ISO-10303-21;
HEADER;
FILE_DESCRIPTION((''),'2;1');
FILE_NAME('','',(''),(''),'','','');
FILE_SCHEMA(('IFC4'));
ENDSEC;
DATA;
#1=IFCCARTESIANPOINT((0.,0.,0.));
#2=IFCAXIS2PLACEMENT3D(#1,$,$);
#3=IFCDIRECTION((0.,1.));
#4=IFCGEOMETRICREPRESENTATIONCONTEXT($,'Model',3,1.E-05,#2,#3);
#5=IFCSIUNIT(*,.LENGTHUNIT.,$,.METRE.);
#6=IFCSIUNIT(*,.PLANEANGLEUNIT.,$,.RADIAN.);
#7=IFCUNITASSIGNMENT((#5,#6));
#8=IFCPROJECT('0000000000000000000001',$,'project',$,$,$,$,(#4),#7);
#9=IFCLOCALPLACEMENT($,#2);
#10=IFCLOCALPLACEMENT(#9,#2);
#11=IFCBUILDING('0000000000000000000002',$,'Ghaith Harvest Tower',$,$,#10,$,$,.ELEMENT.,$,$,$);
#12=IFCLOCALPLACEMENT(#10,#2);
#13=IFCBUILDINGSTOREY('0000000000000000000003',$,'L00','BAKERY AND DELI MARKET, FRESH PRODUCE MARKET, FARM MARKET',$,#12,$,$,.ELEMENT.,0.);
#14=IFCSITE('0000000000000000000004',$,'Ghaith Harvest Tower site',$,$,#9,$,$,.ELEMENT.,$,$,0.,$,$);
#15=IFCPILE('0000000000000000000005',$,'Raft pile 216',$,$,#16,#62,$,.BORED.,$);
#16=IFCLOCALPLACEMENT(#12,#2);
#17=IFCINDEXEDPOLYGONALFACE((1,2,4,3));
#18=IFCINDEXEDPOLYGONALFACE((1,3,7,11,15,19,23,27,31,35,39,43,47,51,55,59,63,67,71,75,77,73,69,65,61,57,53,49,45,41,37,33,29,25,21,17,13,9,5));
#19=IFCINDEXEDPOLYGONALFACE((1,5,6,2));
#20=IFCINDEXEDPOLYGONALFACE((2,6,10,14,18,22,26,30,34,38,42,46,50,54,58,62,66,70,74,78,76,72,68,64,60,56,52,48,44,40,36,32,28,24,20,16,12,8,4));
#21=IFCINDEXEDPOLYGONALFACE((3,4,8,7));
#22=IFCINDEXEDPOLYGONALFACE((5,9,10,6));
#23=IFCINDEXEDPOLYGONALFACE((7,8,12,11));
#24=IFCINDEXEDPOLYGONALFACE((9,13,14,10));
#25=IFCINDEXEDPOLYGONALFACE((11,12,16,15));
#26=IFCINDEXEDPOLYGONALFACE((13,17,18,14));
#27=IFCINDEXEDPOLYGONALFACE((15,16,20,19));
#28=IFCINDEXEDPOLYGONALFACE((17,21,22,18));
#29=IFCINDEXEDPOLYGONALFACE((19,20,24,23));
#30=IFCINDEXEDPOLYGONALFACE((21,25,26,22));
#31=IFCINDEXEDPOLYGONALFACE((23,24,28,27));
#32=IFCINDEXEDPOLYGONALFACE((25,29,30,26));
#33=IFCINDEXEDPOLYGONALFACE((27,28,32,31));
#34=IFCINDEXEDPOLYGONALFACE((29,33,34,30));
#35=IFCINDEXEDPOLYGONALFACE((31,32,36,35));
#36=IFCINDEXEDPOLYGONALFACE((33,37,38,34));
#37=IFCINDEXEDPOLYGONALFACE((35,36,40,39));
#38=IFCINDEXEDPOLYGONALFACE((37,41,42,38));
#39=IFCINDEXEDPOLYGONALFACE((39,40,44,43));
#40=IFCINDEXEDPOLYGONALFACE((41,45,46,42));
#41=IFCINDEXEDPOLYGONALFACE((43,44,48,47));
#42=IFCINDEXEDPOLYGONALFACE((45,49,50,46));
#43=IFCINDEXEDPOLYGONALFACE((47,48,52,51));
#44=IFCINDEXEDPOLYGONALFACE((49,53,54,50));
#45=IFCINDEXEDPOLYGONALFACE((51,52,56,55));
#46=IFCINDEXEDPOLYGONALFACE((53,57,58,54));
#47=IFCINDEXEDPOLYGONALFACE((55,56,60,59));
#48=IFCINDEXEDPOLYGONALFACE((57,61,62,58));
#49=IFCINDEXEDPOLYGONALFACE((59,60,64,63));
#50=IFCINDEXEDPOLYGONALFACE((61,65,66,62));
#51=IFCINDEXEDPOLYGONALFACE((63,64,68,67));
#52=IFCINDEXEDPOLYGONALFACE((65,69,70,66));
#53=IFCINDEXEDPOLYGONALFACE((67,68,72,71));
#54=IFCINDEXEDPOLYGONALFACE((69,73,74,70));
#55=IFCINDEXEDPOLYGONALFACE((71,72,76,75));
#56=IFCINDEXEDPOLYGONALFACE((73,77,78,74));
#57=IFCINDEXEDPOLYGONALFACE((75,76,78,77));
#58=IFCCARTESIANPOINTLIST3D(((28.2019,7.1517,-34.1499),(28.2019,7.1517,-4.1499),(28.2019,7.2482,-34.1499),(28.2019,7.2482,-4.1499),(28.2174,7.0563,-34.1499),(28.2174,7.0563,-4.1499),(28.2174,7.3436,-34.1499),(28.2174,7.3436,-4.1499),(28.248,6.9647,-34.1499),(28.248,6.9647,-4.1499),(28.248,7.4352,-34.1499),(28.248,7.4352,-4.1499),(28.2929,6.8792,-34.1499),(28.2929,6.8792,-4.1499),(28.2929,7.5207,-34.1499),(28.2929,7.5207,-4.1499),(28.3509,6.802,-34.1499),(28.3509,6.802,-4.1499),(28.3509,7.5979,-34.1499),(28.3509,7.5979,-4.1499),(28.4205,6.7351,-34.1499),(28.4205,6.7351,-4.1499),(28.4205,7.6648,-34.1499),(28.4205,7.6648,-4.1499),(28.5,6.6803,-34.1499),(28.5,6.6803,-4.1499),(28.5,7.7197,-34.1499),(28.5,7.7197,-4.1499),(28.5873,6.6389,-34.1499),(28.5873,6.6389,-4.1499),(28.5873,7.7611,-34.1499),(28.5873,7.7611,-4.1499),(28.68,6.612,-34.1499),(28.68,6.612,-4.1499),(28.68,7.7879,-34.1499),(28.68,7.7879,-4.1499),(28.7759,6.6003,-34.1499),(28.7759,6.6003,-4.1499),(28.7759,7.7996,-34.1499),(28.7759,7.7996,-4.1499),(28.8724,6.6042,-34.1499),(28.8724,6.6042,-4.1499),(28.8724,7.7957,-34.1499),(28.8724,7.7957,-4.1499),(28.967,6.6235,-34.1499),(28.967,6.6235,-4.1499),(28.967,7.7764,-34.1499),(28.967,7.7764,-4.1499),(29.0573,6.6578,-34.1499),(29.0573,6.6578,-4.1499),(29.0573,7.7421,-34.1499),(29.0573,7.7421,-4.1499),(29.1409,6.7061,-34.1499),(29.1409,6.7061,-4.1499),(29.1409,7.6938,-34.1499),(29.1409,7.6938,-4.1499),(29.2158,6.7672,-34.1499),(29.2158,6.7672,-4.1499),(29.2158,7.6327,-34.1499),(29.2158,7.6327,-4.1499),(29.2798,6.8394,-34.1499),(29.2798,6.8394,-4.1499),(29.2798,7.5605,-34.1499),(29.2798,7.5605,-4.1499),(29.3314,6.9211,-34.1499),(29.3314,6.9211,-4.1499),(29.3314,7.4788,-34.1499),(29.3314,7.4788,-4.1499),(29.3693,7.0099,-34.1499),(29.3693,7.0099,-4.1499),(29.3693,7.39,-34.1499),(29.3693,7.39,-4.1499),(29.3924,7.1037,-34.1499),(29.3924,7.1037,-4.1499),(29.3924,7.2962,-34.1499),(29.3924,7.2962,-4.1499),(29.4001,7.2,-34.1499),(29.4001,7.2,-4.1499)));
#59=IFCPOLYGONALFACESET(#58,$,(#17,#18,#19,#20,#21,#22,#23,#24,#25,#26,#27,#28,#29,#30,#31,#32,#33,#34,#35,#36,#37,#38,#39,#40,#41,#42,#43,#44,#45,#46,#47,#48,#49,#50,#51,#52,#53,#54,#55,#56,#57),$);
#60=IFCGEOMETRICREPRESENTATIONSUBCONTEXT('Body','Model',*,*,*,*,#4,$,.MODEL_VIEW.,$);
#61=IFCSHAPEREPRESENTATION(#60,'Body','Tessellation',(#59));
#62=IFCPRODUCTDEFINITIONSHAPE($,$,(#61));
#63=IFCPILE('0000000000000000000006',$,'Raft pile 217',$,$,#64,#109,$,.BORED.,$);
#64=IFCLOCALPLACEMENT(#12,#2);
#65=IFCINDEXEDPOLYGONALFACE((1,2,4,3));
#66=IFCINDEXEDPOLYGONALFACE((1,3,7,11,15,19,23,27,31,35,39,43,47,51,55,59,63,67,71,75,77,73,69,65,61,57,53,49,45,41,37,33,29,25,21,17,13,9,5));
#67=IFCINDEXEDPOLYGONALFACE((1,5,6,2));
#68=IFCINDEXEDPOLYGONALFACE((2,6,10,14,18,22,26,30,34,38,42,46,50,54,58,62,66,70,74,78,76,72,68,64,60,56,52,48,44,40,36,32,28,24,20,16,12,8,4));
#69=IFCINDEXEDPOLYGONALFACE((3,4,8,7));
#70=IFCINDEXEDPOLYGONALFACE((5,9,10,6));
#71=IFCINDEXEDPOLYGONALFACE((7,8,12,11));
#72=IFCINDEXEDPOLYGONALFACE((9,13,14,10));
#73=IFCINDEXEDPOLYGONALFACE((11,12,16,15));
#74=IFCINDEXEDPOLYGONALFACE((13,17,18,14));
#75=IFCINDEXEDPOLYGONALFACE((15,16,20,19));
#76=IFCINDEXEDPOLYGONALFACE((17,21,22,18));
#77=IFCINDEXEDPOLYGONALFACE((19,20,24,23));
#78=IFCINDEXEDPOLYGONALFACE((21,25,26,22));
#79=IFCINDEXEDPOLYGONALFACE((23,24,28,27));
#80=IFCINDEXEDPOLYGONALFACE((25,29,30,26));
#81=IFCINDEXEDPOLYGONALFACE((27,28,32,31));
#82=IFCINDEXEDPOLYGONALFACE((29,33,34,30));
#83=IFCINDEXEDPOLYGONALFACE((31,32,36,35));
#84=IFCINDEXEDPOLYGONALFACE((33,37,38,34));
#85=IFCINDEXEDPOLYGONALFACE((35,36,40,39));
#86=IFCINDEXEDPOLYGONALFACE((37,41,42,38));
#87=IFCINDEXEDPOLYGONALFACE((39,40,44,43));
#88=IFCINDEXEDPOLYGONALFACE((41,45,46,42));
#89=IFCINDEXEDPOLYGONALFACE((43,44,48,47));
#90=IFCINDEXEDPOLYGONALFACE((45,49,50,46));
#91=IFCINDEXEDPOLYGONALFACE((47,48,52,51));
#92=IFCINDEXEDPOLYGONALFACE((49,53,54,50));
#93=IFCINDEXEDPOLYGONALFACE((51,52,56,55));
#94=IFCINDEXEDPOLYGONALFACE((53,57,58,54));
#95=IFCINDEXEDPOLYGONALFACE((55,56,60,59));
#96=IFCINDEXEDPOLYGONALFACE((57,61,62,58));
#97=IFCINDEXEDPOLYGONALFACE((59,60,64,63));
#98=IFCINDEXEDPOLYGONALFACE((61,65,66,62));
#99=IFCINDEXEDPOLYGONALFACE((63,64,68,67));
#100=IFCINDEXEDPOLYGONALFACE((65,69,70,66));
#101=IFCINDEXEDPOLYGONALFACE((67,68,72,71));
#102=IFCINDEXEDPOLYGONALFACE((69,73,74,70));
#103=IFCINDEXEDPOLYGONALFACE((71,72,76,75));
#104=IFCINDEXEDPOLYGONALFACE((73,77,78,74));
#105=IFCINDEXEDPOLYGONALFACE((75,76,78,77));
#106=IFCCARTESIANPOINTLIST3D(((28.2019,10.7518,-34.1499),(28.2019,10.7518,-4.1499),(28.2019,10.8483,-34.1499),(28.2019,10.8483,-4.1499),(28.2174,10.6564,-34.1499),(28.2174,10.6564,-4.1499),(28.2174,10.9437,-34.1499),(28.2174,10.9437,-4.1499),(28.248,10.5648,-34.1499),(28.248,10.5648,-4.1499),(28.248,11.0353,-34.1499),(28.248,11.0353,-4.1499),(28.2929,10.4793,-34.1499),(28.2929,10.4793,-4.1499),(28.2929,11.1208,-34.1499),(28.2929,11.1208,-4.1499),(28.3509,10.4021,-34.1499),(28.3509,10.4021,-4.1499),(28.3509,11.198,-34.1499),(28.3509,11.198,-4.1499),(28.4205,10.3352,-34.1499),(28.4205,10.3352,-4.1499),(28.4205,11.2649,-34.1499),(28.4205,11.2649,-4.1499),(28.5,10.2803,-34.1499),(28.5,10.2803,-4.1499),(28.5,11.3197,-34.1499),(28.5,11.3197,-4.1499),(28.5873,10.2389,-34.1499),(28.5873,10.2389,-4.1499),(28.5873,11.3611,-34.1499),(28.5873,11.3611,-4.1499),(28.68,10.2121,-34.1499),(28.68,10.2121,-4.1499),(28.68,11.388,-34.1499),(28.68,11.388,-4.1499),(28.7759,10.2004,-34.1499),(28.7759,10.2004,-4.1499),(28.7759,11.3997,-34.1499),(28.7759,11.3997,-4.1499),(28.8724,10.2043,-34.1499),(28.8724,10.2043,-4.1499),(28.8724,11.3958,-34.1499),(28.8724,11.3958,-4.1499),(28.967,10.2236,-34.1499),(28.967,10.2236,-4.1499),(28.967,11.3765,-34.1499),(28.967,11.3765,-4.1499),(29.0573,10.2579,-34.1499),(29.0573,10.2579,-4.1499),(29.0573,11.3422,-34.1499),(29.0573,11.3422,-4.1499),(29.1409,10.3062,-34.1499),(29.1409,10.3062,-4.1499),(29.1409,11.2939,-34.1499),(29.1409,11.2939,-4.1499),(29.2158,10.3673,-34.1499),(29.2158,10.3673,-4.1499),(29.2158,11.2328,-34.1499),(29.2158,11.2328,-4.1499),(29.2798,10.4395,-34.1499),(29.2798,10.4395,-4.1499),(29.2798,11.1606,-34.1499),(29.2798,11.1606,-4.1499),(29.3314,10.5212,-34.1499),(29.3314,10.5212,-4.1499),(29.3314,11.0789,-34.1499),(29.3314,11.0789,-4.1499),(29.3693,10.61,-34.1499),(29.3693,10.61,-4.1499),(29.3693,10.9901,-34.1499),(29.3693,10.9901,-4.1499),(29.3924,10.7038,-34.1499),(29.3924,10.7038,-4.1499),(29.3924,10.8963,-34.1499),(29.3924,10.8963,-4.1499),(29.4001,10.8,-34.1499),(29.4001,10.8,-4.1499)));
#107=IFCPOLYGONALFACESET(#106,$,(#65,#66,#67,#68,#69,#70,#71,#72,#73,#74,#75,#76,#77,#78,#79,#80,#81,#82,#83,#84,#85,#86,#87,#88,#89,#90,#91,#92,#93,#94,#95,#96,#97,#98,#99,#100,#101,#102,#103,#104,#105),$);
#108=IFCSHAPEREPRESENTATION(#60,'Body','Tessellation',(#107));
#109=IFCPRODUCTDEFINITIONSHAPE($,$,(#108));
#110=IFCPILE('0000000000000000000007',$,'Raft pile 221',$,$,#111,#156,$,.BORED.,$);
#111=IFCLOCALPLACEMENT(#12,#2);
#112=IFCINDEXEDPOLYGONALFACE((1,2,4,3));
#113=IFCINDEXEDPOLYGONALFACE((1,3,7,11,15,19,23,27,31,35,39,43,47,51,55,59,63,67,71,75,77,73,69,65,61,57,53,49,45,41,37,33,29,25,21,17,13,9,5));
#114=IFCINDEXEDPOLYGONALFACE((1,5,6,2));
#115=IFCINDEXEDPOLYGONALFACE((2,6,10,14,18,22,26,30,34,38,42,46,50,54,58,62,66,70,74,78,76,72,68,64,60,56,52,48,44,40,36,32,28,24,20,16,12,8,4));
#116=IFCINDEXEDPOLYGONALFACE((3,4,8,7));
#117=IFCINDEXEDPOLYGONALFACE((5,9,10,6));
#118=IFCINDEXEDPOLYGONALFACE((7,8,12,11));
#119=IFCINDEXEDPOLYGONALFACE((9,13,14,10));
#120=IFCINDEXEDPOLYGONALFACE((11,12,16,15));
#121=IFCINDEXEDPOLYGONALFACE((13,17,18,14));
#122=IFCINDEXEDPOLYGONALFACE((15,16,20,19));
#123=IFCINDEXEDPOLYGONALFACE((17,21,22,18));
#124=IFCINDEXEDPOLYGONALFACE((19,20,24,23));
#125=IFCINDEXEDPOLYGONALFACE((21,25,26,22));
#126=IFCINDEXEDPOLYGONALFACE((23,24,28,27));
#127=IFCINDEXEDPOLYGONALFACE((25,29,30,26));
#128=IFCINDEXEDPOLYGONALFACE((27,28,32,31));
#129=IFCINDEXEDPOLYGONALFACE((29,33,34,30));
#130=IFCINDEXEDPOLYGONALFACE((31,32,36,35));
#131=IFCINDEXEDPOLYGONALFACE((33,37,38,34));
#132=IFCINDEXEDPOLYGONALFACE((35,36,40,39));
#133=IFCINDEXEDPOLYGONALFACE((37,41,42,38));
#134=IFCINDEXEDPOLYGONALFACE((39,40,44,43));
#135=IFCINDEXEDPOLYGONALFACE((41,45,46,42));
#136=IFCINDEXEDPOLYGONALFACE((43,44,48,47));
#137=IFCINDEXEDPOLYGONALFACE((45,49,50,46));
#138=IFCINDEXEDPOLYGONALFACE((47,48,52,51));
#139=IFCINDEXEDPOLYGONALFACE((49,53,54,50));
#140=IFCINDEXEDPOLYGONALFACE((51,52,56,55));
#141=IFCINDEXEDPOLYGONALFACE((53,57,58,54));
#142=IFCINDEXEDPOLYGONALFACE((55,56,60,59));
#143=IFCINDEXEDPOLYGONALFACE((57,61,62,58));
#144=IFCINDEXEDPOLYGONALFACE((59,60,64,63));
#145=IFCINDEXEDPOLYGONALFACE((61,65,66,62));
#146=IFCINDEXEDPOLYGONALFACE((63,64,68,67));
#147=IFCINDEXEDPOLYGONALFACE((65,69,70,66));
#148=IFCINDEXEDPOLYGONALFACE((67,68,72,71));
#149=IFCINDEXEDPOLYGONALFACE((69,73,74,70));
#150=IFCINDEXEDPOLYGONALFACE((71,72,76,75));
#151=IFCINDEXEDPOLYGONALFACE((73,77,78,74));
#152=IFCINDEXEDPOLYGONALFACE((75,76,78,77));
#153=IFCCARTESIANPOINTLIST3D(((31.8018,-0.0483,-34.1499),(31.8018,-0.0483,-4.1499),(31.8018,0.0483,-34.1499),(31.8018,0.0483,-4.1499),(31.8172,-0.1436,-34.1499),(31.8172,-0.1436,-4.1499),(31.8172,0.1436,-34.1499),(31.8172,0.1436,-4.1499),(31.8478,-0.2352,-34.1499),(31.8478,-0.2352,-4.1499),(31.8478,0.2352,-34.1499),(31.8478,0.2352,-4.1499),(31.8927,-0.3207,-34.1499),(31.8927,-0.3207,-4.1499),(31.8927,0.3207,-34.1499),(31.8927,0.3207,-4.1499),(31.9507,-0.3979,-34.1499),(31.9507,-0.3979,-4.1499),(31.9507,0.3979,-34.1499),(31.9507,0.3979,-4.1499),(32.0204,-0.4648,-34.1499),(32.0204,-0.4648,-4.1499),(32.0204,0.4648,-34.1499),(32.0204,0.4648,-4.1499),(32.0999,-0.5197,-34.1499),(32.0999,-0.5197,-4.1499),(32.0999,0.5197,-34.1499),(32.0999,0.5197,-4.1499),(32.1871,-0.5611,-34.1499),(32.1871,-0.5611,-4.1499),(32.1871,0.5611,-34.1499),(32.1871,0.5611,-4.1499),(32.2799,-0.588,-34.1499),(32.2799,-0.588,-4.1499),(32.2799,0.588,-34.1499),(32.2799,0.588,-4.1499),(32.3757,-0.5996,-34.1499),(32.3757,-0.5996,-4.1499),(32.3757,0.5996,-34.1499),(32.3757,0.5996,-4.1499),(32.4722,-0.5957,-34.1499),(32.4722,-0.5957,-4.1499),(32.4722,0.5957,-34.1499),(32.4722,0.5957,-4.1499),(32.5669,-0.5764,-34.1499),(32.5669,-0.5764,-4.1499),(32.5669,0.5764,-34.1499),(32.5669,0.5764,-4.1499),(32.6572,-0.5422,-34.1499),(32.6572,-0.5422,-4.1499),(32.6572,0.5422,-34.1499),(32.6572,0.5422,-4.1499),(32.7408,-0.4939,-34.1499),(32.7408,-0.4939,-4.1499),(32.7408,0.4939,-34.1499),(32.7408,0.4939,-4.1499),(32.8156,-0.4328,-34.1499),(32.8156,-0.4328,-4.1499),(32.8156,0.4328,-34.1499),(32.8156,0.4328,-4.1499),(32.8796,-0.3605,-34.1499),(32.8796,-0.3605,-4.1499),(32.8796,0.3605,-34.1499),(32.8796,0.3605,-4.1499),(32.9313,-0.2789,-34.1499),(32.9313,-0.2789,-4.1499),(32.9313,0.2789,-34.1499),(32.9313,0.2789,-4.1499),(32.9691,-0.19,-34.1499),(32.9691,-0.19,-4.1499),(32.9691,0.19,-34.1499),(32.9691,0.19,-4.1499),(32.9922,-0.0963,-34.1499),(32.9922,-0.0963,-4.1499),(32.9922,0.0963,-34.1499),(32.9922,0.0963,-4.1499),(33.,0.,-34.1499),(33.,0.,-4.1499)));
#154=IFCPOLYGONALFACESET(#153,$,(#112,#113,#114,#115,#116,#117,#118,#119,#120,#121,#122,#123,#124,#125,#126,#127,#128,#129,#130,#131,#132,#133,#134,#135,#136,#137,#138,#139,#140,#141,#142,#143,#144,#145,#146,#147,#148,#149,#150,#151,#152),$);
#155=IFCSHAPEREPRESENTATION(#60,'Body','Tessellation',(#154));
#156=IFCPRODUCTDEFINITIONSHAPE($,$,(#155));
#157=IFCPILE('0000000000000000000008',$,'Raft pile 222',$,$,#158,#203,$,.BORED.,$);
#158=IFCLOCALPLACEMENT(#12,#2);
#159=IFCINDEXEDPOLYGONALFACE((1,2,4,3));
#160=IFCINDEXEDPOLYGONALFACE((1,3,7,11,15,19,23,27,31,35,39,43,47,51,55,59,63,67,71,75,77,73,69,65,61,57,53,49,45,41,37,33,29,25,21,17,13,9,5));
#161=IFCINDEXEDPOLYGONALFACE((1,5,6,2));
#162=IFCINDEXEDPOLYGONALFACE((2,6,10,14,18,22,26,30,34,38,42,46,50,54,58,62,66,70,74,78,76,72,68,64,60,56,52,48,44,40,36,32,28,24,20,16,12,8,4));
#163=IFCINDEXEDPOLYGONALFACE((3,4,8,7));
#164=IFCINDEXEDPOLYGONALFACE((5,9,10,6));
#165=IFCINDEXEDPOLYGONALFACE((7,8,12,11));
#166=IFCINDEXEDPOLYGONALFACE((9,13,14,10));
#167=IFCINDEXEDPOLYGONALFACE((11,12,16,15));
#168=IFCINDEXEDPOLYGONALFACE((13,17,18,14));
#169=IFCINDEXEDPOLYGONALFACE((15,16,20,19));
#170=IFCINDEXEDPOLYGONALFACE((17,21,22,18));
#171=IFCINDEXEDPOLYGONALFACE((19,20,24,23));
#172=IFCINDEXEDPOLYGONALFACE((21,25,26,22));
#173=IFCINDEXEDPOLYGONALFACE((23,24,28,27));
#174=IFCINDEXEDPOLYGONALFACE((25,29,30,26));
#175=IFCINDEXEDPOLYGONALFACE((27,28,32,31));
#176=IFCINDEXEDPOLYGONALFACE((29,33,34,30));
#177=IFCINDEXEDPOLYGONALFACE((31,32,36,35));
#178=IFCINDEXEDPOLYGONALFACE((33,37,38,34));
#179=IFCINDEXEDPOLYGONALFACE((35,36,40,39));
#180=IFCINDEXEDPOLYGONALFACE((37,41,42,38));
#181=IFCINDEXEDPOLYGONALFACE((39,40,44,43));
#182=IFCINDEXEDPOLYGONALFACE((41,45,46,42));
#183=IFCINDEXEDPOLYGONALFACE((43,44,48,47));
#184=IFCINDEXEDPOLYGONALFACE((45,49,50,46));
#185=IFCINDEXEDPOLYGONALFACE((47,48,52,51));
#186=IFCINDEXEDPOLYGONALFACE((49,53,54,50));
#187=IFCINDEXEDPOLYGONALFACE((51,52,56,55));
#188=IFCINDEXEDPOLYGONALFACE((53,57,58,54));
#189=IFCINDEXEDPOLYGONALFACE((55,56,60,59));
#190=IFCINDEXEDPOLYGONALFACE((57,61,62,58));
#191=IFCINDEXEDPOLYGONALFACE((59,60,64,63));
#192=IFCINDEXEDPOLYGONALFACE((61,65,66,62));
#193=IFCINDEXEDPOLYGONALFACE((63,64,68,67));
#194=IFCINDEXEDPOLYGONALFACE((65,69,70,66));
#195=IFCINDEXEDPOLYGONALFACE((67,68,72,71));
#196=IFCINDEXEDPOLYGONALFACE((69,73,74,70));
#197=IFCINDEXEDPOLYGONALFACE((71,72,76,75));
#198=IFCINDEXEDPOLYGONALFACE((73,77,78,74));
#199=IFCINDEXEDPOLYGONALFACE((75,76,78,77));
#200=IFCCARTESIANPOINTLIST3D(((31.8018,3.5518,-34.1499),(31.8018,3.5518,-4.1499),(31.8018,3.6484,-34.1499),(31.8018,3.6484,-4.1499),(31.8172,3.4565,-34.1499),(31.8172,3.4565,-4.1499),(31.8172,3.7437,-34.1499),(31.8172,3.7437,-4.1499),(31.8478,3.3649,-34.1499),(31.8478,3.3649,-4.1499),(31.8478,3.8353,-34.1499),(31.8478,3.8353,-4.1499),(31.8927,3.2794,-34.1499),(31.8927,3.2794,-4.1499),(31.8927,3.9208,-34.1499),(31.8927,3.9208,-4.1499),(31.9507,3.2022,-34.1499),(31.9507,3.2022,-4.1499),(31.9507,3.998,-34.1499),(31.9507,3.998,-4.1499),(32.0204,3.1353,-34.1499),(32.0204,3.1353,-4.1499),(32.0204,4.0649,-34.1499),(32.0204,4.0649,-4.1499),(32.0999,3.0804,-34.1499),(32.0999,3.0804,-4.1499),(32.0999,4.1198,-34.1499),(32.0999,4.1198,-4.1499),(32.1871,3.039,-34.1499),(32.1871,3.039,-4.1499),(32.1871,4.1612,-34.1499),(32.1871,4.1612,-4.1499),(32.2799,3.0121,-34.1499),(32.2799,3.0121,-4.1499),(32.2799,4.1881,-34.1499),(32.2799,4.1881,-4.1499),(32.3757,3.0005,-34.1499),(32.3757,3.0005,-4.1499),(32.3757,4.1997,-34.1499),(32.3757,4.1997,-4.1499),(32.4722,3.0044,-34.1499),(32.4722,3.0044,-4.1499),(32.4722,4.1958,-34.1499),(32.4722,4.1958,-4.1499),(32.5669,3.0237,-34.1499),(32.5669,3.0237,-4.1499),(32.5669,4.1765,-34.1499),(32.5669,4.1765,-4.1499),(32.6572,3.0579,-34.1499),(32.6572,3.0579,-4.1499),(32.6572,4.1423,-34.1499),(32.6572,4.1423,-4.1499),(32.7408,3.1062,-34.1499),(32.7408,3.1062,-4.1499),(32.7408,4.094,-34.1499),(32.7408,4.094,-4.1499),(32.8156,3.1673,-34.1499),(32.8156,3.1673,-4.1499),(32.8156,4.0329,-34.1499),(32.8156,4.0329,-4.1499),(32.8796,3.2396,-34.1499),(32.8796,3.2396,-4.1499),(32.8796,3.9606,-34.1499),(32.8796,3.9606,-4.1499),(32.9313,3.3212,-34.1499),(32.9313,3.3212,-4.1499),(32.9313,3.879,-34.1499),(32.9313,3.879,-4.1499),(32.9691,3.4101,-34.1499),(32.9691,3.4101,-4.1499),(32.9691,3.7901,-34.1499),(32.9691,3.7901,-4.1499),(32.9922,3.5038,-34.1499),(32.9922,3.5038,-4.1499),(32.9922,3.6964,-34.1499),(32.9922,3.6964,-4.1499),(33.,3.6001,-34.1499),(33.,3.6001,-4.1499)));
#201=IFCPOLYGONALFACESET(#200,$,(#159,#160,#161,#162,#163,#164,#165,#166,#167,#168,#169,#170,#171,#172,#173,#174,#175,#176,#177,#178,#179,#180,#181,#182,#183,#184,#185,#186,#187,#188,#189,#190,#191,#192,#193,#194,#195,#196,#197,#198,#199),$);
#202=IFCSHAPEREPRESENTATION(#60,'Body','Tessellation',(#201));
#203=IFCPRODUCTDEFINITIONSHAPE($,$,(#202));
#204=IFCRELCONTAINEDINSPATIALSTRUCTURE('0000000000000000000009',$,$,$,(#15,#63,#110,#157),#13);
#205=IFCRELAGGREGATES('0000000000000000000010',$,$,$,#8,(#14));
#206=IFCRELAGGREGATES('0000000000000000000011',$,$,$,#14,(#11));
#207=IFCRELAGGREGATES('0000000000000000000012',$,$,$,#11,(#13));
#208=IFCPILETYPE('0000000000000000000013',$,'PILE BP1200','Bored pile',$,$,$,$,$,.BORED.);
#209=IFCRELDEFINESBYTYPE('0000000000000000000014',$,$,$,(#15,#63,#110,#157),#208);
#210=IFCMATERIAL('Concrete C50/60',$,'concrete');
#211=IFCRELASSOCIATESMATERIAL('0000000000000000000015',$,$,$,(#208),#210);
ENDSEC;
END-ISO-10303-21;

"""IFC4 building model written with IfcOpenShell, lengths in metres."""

from ifc_helpers import new_model, si_unit, direction, frame, origin, origin_2d, place, context, subcontext, project, spatial, circle, extrude, material, material_profile, profile_set, type_object, element, save


model = new_model("IFC4")

# Units and contexts
model_context = context("Model", 3, precision=1e-05, world=origin(), true_north=direction((0.0, 1.0)))
body_context = subcontext(model_context, "Body", "Model", "MODEL_VIEW")
ifc_project = project(units=[si_unit("LENGTHUNIT", "METRE"), si_unit("PLANEANGLEUNIT", "RADIAN")], contexts=[model_context])

# Site, building, storey
site_placement = place(None, origin())
site = spatial("IfcSite", under=ifc_project, at=site_placement, Name="Ghaith Harvest Tower site", CompositionType="ELEMENT", RefElevation=0.0)
building_placement = place(site_placement, origin())
building = spatial("IfcBuilding", under=site, at=building_placement, Name="Ghaith Harvest Tower", CompositionType="ELEMENT")
storey_placement = place(building_placement, origin())
storey = spatial("IfcBuildingStorey", under=building, at=storey_placement, Name="L00", Description="BAKERY AND DELI MARKET, FRESH PRODUCE MARKET, FARM MARKET", CompositionType="ELEMENT", Elevation=0.0)

# Piles
ifc_material_1 = material(Name="Concrete C50/60", Category="concrete")
ifc_material_profile_1 = material_profile(ifc_material_1, circle(Radius=0.6001, at=origin_2d()), Name="PILE1200")
ifc_profile_set_1 = profile_set([ifc_material_profile_1], Name="Concrete C50/60")
pile_type = type_object("IfcPileType", Name="PILE BP1200", Description="Bored pile", PredefinedType="BORED", material=ifc_profile_set_1)
for number, where, z_axis, x_axis, name in (
    (1, (28.8, 7.2, -4.1499), (0.0, 0.0, -1.0), (1.0, 0.0, 0.0), "Raft pile 216"),
    (2, (28.8, 10.8, -4.1499), (0.0, 0.0, -1.0), (1.0, 0.0, 0.0), "Raft pile 217"),
    (3, (32.3999, 0.0, -4.1499), (0.0, 0.0, -1.0), (1.0, 0.0, 0.0), "Raft pile 221"),
    (4, (32.3999, 3.6001, -4.1499), (0.0, 0.0, -1.0), (1.0, 0.0, 0.0), "Raft pile 222"),
):
    element("IfcPile", number, at=place(storey_placement, frame(where, z_axis=z_axis, x_axis=x_axis)), inside=storey, type_object=pile_type, Name=name, PredefinedType="BORED", context=body_context, shape_type="SweptSolid", body=[
        extrude(circle(Radius=0.6001, at=origin_2d()), origin(), (0.0, 0.0, 1.0), 30.0),
    ])

save(model, "model.ifc")
